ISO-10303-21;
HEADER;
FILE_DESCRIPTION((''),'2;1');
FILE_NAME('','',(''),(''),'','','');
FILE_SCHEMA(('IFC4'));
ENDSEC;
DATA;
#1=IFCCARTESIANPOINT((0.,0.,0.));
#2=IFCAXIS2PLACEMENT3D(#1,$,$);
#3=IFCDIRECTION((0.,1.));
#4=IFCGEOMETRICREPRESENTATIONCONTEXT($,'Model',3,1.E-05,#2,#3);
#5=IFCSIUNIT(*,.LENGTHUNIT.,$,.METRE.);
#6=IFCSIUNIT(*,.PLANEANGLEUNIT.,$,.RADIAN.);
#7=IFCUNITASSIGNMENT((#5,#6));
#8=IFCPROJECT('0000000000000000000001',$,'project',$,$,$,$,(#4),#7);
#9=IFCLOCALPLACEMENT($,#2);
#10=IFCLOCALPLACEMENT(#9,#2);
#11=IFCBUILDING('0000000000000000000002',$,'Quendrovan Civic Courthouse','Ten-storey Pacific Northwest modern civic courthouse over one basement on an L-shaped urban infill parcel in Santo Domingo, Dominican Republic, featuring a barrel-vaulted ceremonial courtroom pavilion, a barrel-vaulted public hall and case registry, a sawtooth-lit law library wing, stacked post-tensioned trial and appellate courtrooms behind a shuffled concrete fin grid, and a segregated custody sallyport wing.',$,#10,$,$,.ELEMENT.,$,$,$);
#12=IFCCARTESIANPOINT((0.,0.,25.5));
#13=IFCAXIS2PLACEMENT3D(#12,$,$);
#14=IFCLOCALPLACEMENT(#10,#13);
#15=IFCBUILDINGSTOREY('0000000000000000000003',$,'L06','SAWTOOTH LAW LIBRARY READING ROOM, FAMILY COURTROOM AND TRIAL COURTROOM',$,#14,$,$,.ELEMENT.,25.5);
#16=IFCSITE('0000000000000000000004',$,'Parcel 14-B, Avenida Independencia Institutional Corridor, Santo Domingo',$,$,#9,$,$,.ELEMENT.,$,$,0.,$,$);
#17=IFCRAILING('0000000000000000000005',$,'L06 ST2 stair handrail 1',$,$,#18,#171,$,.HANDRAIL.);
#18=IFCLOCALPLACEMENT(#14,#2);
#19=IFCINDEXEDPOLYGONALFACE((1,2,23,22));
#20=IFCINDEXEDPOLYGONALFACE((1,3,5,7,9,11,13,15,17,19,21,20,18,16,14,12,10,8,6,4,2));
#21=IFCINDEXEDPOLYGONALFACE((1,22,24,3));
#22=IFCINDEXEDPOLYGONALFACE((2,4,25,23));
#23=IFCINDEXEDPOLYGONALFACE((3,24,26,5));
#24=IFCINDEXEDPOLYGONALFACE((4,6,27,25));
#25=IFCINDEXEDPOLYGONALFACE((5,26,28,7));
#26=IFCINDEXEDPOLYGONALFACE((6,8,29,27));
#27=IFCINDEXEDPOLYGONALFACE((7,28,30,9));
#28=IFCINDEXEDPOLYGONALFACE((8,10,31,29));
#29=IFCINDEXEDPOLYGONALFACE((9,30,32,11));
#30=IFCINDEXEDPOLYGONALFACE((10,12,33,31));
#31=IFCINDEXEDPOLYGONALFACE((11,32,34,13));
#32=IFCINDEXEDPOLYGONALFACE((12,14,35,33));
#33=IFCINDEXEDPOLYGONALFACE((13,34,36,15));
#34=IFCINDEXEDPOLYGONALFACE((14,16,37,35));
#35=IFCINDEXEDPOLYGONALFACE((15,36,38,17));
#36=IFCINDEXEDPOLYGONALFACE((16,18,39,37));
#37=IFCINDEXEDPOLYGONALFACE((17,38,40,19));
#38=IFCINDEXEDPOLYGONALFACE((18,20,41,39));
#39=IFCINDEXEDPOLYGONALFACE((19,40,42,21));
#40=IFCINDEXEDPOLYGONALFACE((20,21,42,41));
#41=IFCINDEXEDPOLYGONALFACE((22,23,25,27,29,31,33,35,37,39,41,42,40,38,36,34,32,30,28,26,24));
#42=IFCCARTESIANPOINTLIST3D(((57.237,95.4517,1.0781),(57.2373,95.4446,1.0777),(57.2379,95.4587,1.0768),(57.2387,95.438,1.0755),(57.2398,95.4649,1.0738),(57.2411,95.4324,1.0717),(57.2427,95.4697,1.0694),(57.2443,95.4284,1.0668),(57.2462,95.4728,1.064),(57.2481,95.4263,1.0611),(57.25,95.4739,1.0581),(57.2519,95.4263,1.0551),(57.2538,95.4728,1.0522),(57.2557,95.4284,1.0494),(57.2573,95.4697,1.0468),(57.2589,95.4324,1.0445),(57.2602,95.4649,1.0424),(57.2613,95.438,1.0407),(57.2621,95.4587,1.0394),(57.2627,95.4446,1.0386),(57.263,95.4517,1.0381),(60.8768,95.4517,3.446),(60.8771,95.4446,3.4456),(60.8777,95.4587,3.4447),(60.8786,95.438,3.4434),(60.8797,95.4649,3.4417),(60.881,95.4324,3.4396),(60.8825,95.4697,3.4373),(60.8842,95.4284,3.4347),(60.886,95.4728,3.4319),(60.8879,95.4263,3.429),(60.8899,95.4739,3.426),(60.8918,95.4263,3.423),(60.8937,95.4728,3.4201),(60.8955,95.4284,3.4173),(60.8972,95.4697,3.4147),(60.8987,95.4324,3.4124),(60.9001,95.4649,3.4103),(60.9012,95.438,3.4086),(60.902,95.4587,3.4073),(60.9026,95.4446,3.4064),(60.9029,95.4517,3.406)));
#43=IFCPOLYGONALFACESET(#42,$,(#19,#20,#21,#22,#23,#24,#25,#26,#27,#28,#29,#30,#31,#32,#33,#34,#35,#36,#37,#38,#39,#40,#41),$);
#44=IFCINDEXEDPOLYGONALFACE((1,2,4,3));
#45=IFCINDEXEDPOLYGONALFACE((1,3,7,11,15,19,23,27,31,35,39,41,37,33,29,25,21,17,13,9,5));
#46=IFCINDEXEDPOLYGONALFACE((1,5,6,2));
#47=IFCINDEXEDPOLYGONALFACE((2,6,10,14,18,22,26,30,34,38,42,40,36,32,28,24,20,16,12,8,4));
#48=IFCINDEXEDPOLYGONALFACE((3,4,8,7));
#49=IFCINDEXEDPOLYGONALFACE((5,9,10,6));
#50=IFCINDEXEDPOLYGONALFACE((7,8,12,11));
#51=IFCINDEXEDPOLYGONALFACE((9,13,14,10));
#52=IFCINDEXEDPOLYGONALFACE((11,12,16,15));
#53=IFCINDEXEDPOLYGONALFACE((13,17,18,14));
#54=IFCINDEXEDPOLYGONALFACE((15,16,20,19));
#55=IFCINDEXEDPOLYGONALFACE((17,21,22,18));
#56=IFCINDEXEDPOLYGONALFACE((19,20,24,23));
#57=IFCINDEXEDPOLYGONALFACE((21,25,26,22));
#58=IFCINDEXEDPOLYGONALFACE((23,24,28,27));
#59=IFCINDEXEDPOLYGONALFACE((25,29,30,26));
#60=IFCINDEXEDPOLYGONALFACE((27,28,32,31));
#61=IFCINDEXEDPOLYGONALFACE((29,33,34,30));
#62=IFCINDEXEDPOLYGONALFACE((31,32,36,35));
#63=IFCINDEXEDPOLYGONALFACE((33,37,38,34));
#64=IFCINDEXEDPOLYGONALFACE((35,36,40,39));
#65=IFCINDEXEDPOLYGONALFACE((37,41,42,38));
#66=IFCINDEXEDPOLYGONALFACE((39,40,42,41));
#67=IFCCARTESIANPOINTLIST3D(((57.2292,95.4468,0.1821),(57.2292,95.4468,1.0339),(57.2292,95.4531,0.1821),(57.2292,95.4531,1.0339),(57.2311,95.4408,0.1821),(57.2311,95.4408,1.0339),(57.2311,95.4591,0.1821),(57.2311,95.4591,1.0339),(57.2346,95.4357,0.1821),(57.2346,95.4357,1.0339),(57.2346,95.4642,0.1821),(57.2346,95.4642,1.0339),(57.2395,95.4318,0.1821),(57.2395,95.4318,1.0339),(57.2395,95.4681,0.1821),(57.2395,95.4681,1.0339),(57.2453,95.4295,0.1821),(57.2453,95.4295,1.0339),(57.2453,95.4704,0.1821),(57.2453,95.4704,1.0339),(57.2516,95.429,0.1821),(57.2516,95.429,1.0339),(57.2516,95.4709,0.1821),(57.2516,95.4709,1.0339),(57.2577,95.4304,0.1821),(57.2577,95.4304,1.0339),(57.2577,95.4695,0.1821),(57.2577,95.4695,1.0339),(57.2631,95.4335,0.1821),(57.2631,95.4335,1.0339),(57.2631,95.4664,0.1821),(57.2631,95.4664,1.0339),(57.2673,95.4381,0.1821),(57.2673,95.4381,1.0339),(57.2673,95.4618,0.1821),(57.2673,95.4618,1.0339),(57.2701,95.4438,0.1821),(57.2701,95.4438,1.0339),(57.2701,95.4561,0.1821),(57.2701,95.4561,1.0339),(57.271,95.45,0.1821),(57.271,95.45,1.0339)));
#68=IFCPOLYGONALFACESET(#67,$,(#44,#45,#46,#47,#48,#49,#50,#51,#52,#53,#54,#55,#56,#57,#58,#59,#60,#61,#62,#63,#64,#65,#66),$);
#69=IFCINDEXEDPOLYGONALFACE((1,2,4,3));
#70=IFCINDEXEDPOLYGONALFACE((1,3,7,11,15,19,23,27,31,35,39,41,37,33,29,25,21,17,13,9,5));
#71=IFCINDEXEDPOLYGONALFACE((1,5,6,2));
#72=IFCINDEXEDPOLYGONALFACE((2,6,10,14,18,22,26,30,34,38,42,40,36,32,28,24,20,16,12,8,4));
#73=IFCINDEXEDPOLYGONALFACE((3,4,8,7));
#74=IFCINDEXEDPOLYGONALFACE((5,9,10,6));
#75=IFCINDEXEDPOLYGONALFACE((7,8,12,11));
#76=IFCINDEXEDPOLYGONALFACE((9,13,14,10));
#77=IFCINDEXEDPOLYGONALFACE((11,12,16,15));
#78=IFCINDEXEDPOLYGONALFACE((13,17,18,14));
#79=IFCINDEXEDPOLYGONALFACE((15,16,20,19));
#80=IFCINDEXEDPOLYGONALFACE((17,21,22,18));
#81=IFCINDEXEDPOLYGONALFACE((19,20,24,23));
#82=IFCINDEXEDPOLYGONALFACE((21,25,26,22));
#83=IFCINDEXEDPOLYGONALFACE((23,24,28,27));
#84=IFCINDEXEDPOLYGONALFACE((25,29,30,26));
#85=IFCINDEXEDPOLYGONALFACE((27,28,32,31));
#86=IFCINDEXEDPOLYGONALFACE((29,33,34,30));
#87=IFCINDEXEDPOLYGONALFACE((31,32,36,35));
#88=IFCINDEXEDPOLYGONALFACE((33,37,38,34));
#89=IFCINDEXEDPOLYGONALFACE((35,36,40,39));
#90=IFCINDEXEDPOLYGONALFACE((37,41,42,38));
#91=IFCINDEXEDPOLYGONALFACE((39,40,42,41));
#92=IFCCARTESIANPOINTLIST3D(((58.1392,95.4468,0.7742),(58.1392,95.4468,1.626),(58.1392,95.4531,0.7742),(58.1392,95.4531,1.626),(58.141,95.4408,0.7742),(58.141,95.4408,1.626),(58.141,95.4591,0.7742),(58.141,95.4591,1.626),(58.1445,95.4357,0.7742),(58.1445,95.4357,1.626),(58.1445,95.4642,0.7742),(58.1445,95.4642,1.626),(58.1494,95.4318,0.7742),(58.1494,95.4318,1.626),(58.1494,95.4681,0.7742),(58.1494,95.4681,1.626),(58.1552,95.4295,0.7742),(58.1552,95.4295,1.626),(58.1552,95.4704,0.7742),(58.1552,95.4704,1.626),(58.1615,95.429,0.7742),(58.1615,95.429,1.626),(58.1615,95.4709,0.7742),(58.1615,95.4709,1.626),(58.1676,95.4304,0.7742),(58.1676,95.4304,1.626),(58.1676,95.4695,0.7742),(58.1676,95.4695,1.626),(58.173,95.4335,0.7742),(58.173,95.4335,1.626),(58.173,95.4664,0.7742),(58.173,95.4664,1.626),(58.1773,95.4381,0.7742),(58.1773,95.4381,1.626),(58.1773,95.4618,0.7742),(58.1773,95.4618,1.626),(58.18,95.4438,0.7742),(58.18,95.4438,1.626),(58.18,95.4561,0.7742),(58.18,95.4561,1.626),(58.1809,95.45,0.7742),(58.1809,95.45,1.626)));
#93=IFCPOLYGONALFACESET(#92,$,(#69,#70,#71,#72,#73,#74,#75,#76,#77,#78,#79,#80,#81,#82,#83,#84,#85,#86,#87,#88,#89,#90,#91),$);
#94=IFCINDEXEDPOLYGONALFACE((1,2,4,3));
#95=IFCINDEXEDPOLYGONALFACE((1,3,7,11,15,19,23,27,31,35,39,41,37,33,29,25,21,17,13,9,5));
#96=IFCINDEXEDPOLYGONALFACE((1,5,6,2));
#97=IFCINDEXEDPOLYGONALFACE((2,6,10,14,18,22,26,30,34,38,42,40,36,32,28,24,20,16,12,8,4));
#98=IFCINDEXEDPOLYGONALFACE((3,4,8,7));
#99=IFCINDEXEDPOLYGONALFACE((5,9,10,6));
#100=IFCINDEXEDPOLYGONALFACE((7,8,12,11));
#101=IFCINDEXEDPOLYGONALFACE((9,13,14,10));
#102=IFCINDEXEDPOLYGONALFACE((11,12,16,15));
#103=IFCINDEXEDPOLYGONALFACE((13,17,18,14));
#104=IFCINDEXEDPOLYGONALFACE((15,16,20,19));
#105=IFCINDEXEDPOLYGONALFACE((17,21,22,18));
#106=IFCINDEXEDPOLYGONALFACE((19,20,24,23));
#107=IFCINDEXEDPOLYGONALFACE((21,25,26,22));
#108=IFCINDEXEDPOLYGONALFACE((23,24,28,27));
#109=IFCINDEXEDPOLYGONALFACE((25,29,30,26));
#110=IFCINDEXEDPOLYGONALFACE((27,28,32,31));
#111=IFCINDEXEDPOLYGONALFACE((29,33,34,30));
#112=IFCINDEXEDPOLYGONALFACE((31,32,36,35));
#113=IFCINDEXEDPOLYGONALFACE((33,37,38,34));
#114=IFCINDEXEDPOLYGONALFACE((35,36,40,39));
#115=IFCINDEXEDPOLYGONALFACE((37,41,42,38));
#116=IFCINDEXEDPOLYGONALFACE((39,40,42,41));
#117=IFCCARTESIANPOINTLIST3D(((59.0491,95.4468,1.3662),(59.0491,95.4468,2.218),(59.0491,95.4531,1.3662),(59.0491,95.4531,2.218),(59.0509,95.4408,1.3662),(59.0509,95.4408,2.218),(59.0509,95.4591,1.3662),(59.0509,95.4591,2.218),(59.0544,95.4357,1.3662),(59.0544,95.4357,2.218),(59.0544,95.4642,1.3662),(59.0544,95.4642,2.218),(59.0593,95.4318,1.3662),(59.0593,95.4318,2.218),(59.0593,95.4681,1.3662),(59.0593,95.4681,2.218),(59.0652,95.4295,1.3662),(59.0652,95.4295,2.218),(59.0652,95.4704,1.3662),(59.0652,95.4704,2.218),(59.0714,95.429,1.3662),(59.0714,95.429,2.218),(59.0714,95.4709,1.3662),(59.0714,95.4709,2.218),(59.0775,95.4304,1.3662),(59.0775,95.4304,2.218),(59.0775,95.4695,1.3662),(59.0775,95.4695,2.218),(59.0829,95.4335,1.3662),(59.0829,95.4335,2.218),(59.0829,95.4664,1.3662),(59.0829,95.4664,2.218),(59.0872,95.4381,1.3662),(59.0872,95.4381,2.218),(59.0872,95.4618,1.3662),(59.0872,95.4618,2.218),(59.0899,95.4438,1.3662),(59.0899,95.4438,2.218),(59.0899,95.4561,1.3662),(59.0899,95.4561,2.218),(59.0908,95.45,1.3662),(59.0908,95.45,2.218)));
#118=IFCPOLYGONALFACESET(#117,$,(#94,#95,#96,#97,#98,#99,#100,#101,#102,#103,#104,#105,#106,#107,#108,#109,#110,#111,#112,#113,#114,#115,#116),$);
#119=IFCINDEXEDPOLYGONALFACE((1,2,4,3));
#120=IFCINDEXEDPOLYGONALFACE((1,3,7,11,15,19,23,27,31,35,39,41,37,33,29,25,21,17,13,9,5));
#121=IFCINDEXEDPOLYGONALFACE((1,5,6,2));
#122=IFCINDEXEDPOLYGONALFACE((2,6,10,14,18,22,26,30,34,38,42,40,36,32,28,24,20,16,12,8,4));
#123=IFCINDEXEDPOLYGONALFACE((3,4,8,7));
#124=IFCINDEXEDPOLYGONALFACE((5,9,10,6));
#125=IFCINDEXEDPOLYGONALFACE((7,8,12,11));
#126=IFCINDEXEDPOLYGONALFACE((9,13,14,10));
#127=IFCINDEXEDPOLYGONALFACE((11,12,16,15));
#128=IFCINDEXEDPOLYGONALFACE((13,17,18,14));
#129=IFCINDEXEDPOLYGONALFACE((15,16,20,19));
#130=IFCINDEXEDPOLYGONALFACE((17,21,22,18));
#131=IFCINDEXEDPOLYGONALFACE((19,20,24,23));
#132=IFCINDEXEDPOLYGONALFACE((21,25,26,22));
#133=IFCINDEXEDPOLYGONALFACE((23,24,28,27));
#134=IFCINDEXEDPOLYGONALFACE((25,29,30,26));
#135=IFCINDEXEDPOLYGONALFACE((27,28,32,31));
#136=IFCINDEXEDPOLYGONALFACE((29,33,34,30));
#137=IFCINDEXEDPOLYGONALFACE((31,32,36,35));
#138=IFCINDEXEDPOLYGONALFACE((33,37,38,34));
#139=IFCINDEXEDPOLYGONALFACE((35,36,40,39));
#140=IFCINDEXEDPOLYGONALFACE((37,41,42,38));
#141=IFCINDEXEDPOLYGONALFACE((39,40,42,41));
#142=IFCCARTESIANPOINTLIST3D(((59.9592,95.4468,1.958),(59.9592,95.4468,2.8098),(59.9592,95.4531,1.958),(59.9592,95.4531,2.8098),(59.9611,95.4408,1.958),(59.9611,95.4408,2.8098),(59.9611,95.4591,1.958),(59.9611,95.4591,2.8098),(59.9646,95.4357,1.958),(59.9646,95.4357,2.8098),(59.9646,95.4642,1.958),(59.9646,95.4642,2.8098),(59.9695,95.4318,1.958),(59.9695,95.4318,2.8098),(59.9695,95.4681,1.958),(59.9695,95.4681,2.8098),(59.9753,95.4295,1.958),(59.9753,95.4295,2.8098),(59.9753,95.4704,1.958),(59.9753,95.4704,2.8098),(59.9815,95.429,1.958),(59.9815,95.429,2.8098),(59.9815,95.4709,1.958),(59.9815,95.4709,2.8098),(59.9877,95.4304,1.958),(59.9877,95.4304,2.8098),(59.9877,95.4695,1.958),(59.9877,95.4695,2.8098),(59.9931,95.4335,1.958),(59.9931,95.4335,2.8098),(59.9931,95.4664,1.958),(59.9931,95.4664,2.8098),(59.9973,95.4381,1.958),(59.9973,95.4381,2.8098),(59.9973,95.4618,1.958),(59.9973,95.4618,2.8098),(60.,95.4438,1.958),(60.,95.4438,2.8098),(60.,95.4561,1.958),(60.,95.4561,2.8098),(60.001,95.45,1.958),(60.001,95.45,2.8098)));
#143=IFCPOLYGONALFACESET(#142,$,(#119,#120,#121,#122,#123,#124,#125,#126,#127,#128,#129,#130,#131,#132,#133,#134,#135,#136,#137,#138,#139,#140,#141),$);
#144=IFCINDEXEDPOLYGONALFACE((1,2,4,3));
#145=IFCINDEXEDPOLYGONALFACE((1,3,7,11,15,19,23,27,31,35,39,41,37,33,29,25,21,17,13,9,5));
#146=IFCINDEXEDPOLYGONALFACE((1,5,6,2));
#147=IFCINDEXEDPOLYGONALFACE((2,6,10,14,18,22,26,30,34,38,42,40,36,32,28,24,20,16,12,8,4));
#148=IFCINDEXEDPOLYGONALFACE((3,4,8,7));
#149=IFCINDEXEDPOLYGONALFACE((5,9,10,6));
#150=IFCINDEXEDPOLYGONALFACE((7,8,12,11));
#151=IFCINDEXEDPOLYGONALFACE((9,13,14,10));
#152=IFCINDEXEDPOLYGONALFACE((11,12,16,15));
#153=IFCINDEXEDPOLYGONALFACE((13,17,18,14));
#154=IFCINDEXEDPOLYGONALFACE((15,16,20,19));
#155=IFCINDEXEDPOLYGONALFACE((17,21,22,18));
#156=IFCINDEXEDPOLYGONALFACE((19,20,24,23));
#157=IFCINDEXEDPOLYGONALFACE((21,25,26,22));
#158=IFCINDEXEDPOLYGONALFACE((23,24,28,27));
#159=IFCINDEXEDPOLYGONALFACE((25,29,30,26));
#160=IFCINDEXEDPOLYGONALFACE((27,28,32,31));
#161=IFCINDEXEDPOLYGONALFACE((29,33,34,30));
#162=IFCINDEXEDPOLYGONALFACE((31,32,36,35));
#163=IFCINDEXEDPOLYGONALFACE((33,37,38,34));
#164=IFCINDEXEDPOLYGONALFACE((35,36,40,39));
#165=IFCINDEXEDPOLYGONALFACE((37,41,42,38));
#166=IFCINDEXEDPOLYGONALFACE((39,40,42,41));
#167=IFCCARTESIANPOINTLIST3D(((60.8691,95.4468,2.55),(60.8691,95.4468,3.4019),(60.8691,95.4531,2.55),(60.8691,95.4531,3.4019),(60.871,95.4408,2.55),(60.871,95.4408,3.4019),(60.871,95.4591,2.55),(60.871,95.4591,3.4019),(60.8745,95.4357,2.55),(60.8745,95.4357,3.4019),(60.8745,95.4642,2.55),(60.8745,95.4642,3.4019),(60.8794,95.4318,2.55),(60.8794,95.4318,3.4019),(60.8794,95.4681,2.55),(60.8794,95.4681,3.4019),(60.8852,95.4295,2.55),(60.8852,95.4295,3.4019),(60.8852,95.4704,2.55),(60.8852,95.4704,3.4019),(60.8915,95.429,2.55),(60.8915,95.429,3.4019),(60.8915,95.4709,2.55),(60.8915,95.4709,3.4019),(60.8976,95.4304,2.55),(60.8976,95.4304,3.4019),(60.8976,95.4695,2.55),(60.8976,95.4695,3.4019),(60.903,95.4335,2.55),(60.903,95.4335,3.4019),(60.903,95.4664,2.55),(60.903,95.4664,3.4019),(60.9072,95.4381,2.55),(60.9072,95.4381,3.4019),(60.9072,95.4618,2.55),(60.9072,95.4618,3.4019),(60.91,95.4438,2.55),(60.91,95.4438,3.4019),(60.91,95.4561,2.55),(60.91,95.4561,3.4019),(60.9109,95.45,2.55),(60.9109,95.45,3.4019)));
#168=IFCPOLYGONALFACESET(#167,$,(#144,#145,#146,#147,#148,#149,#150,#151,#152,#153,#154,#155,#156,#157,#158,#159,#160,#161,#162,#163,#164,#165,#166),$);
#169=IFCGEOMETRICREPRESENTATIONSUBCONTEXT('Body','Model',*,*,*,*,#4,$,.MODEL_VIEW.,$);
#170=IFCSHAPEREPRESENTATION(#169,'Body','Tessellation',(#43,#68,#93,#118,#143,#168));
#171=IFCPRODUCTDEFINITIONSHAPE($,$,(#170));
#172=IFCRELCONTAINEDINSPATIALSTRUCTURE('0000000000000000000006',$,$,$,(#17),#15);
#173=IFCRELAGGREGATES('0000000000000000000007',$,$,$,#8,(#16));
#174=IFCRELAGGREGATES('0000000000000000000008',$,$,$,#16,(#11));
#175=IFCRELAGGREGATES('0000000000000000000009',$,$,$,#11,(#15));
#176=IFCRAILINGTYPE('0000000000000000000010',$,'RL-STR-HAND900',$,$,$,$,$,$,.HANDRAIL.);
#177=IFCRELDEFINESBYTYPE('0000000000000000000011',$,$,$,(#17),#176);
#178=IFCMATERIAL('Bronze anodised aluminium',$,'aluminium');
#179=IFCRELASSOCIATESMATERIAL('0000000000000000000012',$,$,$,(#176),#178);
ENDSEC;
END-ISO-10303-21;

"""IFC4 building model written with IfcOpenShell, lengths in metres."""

from ifc_helpers import new_model, si_unit, direction, frame, origin, origin_2d, place, context, subcontext, project, spatial, circle, extrude, material, type_object, element, save


model = new_model("IFC4")

# Units and contexts
model_context = context("Model", 3, precision=1e-05, world=origin(), true_north=direction((0.0, 1.0)))
body_context = subcontext(model_context, "Body", "Model", "MODEL_VIEW")
ifc_project = project(units=[si_unit("LENGTHUNIT", "METRE"), si_unit("PLANEANGLEUNIT", "RADIAN")], contexts=[model_context])

# Site, building, storey
site_placement = place(None, origin())
site = spatial("IfcSite", under=ifc_project, at=site_placement, Name="Parcel 14-B, Avenida Independencia Institutional Corridor, Santo Domingo", CompositionType="ELEMENT", RefElevation=0.0)
building_placement = place(site_placement, origin())
building = spatial("IfcBuilding", under=site, at=building_placement, Name="Quendrovan Civic Courthouse", Description="Ten-storey Pacific Northwest modern civic courthouse over one basement on an L-shaped urban infill parcel in Santo Domingo, Dominican Republic, featuring a barrel-vaulted ceremonial courtroom pavilion, a barrel-vaulted public hall and case registry, a sawtooth-lit law library wing, stacked post-tensioned trial and appellate courtrooms behind a shuffled concrete fin grid, and a segregated custody sallyport wing.", CompositionType="ELEMENT")
storey_placement = place(building_placement, frame((0.0, 0.0, 25.5)))
storey = spatial("IfcBuildingStorey", under=building, at=storey_placement, Name="L06", Description="SAWTOOTH LAW LIBRARY READING ROOM, FAMILY COURTROOM AND TRIAL COURTROOM", CompositionType="ELEMENT", Elevation=25.5)

# Railing
ifc_material_1 = material(Name="Bronze anodised aluminium", Category="aluminium")
railing_type_1 = type_object("IfcRailingType", Name="RL-STR-HAND900", PredefinedType="HANDRAIL", material=ifc_material_1)
railing_1_placement = place(storey_placement, frame((57.25, 95.45, 0.1821)))
element("IfcRailing", 1, at=railing_1_placement, inside=storey, type_object=railing_type_1, Name="L06 ST2 stair handrail 1", PredefinedType="HANDRAIL", context=body_context, shape_type="SweptSolid", body=[
    extrude(circle(Radius=0.0239, at=origin_2d()), frame((0.0, 0.0, 0.876), z_axis=(0.838234, 0.0, 0.54531), x_axis=(0.0, 1.0, 0.0)), (0.0, 0.0, 1.0), 4.3423),
    extrude(circle(Radius=0.021, at=origin_2d()), origin(), (0.0, 0.0, 1.0), 0.8518),
    extrude(circle(Radius=0.021, at=origin_2d()), frame((0.9099, 0.0, 0.592)), (0.0, 0.0, 1.0), 0.8518),
    extrude(circle(Radius=0.021, at=origin_2d()), frame((1.8198, 0.0, 1.1841)), (0.0, 0.0, 1.0), 0.8518),
    extrude(circle(Radius=0.021, at=origin_2d()), frame((2.73, 0.0, 1.7759)), (0.0, 0.0, 1.0), 0.8518),
    extrude(circle(Radius=0.021, at=origin_2d()), frame((3.6399, 0.0, 2.3679)), (0.0, 0.0, 1.0), 0.8518),
])

save(model, "model.ifc")
